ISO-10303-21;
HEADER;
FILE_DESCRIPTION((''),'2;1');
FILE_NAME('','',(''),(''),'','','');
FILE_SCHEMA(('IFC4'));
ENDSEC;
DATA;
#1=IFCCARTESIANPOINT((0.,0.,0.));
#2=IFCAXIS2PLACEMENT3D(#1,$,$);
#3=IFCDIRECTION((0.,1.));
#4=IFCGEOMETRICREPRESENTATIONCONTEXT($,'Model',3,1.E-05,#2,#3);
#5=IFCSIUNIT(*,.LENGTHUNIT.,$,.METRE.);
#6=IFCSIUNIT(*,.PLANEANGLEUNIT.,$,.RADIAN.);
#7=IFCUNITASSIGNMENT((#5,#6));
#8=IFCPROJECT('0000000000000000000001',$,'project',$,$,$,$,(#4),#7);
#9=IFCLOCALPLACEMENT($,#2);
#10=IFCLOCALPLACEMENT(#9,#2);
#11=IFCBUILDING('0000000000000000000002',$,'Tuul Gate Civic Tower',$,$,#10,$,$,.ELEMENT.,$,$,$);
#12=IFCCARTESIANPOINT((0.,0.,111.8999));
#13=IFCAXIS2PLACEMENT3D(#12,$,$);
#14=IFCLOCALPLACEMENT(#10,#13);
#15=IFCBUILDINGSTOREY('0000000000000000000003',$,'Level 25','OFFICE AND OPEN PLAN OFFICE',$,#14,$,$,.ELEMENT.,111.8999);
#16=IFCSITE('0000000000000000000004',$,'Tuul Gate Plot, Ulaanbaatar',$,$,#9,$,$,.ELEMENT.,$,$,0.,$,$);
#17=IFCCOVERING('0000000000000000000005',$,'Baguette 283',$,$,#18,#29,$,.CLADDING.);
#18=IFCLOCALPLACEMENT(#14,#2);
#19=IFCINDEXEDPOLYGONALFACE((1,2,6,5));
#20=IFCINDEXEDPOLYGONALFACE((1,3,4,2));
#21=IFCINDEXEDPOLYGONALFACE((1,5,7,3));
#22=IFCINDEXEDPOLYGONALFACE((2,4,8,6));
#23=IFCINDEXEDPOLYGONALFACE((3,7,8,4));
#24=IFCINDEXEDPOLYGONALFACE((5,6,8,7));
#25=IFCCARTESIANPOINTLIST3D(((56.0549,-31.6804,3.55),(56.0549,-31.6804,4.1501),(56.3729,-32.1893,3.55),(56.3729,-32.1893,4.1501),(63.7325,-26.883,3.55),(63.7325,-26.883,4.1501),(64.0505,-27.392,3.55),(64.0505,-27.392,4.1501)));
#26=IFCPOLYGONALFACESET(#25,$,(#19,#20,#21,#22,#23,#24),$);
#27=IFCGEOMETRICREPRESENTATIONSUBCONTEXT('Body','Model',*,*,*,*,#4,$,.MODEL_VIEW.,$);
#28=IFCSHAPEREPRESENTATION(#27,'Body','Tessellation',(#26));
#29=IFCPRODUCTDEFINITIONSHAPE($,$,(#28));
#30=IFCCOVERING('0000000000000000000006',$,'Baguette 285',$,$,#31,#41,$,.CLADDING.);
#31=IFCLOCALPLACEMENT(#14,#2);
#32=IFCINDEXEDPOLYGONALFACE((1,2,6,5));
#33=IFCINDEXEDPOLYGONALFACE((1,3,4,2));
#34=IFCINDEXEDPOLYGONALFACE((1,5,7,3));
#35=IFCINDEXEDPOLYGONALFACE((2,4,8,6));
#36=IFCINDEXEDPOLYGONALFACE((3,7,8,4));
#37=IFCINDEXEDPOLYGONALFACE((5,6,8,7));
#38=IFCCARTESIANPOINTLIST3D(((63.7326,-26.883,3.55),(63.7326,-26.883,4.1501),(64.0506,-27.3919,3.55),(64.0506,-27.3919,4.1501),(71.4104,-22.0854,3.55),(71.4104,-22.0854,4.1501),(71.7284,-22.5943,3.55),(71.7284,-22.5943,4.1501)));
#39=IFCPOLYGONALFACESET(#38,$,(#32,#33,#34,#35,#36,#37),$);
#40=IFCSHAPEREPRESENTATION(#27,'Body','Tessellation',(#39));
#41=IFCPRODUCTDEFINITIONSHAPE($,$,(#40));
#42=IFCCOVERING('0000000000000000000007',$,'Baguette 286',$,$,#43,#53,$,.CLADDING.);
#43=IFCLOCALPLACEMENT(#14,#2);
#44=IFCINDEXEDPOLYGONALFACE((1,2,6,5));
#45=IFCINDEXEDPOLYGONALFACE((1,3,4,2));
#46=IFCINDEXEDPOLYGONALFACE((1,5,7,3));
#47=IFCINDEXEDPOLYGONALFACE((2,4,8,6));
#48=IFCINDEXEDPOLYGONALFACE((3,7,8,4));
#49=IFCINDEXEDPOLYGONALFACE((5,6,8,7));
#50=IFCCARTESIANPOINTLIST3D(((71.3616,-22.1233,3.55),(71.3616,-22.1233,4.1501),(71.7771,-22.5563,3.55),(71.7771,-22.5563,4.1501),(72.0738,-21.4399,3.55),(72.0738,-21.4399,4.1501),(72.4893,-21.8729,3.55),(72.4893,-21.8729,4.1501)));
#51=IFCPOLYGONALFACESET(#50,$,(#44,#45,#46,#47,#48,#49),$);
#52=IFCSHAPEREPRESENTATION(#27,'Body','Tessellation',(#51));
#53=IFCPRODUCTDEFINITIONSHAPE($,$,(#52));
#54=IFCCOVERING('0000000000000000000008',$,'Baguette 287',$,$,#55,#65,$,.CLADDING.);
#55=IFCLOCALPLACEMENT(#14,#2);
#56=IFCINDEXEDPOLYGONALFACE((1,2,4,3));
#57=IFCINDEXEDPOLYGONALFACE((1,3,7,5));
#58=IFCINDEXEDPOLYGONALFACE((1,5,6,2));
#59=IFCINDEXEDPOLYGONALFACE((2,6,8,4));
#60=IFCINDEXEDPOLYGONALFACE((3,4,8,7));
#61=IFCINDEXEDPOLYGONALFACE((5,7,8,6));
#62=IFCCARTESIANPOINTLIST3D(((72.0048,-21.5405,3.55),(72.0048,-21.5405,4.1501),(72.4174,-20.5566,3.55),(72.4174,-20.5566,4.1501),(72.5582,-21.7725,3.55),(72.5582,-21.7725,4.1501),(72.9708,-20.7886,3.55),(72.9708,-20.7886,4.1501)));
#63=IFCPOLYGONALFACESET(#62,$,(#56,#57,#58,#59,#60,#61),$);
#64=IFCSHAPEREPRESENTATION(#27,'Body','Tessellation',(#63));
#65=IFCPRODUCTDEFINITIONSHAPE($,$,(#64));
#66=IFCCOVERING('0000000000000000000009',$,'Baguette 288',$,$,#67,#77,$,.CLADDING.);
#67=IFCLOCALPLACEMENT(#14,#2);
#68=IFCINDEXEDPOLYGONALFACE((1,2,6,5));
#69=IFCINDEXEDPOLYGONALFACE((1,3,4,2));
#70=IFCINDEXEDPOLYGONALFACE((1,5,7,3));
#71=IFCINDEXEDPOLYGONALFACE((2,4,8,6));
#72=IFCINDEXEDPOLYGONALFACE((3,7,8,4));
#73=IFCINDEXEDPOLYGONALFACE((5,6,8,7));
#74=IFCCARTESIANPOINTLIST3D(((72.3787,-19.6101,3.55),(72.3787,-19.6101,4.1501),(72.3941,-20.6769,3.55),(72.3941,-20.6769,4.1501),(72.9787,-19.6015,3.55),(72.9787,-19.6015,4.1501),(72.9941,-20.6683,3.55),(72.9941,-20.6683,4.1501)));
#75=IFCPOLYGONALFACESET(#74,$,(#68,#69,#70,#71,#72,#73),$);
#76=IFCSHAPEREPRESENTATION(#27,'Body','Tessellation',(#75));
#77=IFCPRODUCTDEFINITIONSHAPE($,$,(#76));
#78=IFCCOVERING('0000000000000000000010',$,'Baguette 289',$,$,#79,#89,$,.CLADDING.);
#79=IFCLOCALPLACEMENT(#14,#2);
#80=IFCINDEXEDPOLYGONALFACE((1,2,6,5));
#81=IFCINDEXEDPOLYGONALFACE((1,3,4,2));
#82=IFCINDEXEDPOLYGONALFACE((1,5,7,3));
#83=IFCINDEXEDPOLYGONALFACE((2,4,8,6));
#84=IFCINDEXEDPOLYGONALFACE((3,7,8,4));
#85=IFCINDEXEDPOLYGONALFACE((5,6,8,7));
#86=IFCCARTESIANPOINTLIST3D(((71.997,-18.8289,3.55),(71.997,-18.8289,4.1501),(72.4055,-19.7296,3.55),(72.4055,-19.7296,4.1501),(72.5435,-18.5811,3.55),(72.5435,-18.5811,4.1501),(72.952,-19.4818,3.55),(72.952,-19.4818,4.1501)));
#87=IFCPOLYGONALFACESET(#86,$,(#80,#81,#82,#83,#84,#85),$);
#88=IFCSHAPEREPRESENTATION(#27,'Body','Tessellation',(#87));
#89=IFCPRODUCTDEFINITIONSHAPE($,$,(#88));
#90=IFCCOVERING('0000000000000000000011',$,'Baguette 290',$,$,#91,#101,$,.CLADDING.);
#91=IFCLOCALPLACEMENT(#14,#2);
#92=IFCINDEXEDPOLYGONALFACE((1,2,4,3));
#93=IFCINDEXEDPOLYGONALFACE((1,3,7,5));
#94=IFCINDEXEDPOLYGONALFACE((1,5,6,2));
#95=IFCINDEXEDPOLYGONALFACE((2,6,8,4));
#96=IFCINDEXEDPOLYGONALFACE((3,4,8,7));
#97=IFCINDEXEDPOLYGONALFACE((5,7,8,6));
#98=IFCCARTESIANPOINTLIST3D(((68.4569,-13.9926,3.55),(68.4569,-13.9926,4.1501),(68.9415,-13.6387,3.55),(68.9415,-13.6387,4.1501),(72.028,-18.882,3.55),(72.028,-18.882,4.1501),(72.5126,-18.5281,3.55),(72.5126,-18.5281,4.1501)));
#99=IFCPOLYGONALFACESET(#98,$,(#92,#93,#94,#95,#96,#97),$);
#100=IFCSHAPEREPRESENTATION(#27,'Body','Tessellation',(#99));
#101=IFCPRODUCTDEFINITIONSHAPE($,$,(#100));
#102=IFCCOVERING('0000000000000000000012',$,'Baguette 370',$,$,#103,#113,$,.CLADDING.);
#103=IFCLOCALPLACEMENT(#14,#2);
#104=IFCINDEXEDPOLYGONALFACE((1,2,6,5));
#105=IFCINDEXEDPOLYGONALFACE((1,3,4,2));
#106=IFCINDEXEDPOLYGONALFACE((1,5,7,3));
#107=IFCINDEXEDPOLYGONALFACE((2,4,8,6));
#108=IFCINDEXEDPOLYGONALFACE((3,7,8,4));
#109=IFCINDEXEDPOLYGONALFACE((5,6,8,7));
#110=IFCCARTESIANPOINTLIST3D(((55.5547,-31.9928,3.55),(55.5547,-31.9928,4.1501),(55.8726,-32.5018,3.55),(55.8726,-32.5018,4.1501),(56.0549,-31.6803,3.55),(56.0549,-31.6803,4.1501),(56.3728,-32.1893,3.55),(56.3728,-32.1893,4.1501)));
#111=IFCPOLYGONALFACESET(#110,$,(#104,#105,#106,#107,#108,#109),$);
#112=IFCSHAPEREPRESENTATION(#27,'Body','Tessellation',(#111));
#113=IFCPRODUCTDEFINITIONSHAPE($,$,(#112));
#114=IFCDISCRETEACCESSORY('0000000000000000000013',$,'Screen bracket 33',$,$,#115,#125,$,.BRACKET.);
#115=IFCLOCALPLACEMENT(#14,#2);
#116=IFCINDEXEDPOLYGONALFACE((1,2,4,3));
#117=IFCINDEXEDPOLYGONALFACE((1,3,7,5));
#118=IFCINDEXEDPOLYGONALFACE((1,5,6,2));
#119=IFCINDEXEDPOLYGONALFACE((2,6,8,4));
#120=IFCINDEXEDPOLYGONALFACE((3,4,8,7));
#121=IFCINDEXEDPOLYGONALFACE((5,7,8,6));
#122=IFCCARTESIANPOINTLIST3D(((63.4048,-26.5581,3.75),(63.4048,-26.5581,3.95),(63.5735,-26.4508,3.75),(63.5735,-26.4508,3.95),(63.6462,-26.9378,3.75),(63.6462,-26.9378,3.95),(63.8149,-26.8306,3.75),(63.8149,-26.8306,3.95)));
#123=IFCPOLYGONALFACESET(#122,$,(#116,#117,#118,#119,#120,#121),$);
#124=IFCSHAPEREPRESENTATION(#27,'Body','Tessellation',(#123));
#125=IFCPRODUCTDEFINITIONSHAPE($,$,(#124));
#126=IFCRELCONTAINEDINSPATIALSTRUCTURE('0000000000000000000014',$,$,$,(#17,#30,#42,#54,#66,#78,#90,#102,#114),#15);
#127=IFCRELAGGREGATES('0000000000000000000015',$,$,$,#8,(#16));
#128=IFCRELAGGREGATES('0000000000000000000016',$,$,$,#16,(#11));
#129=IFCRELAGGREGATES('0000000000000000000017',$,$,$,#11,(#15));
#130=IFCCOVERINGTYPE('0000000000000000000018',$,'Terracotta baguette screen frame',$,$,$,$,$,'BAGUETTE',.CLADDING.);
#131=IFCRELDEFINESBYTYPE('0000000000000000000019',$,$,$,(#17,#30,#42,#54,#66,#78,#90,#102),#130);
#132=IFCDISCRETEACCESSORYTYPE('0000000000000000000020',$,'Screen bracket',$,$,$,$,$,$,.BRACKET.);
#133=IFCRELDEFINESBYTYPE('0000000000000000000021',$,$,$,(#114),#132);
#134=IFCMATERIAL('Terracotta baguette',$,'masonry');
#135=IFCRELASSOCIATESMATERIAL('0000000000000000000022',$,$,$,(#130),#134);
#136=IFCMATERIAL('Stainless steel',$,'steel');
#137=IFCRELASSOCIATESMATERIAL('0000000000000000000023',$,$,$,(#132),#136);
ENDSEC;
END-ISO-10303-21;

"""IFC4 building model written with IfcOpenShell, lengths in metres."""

from ifc_helpers import new_model, si_unit, direction, frame, origin, origin_2d, place, context, subcontext, project, spatial, rectangle, extrude, material, material_profile, profile_set, type_object, element, save


model = new_model("IFC4")

# Units and contexts
model_context = context("Model", 3, precision=1e-05, world=origin(), true_north=direction((0.0, 1.0)))
body_context = subcontext(model_context, "Body", "Model", "MODEL_VIEW")
ifc_project = project(units=[si_unit("LENGTHUNIT", "METRE"), si_unit("PLANEANGLEUNIT", "RADIAN")], contexts=[model_context])

# Site, building, storey
site_placement = place(None, origin())
site = spatial("IfcSite", under=ifc_project, at=site_placement, Name="Tuul Gate Plot, Ulaanbaatar", CompositionType="ELEMENT", RefElevation=0.0)
building_placement = place(site_placement, origin())
building = spatial("IfcBuilding", under=site, at=building_placement, Name="Tuul Gate Civic Tower", CompositionType="ELEMENT")
storey_placement = place(building_placement, frame((0.0, 0.0, 111.8999)))
storey = spatial("IfcBuildingStorey", under=building, at=storey_placement, Name="Level 25", Description="OFFICE AND OPEN PLAN OFFICE", CompositionType="ELEMENT", Elevation=111.8999)

# Coverings
ifc_material_1 = material(Name="Terracotta baguette", Category="masonry")
ifc_material_profile_1 = material_profile(ifc_material_1, rectangle(XDim=0.6001, YDim=0.6001, at=origin_2d()), Name="Terracotta baguette screen frame")
ifc_profile_set_1 = profile_set([ifc_material_profile_1], Name="Terracotta baguette")
covering_type = type_object("IfcCoveringType", Name="Terracotta baguette screen frame", ElementType="BAGUETTE", PredefinedType="CLADDING", material=ifc_profile_set_1)
covering_1_placement = place(storey_placement, frame((56.2139, -31.9348, 3.8501), z_axis=(0.848059, 0.529902, 0.0), x_axis=(-0.529902, 0.848059, 0.0)))
element("IfcCovering", 1, at=covering_1_placement, inside=storey, type_object=covering_type, Name="Baguette 283", PredefinedType="CLADDING", context=body_context, shape_type="SweptSolid", body=[
    extrude(rectangle(XDim=0.6001, YDim=0.6001, at=origin_2d()), origin(), (0.0, 0.0, 1.0), 9.0532),
])
covering_2_placement = place(storey_placement, frame((63.8916, -27.1375, 3.8501), z_axis=(0.848047, 0.529921, 0.0), x_axis=(-0.529921, 0.848047, 0.0)))
element("IfcCovering", 2, at=covering_2_placement, inside=storey, type_object=covering_type, Name="Baguette 285", PredefinedType="CLADDING", context=body_context, shape_type="SweptSolid", body=[
    extrude(rectangle(XDim=0.6001, YDim=0.6001, at=origin_2d()), origin(), (0.0, 0.0, 1.0), 9.0535),
])
covering_3_placement = place(storey_placement, frame((71.5693, -22.3398, 3.8501), z_axis=(0.72155, 0.692362, 0.0), x_axis=(-0.692362, 0.72155, 0.0)))
element("IfcCovering", 3, at=covering_3_placement, inside=storey, type_object=covering_type, Name="Baguette 286", PredefinedType="CLADDING", context=body_context, shape_type="SweptSolid", body=[
    extrude(rectangle(XDim=0.6001, YDim=0.6001, at=origin_2d()), origin(), (0.0, 0.0, 1.0), 0.9871),
])
for number, where, z_axis, x_axis, name in (
    (4, (72.2815, -21.6565, 3.8501), (0.386727, 0.922194, 0.0), (-0.922194, 0.386727, 0.0), "Baguette 287"),
    (5, (72.6941, -20.6726, 3.8501), (-0.014415, 0.999896, 0.0), (-0.999896, -0.014415, 0.0), "Baguette 288"),
):
    element("IfcCovering", number, at=place(storey_placement, frame(where, z_axis=z_axis, x_axis=x_axis)), inside=storey, type_object=covering_type, Name=name, PredefinedType="CLADDING", context=body_context, shape_type="SweptSolid", body=[
        extrude(rectangle(XDim=0.6001, YDim=0.6001, at=origin_2d()), origin(), (0.0, 0.0, 1.0), 1.0669),
    ])
covering_4_placement = place(storey_placement, frame((72.6787, -19.6057, 3.8501), z_axis=(-0.413022, 0.910721, 0.0), x_axis=(-0.910721, -0.413022, 0.0)))
element("IfcCovering", 6, at=covering_4_placement, inside=storey, type_object=covering_type, Name="Baguette 289", PredefinedType="CLADDING", context=body_context, shape_type="SweptSolid", body=[
    extrude(rectangle(XDim=0.6001, YDim=0.6001, at=origin_2d()), origin(), (0.0, 0.0, 1.0), 0.989),
])
covering_5_placement = place(storey_placement, frame((72.2703, -18.7051, 3.8501), z_axis=(-0.589803, 0.807547, 0.0), x_axis=(-0.807547, -0.589803, 0.0)))
element("IfcCovering", 7, at=covering_5_placement, inside=storey, type_object=covering_type, Name="Baguette 290", PredefinedType="CLADDING", context=body_context, shape_type="SweptSolid", body=[
    extrude(rectangle(XDim=0.6001, YDim=0.6001, at=origin_2d()), origin(), (0.0, 0.0, 1.0), 6.0547),
])
covering_6_placement = place(storey_placement, frame((55.7136, -32.2473, 3.8501), z_axis=(0.848115, 0.529813, 0.0), x_axis=(-0.529813, 0.848115, 0.0)))
element("IfcCovering", 8, at=covering_6_placement, inside=storey, type_object=covering_type, Name="Baguette 370", PredefinedType="CLADDING", context=body_context, shape_type="SweptSolid", body=[
    extrude(rectangle(XDim=0.6001, YDim=0.6001, at=origin_2d()), origin(), (0.0, 0.0, 1.0), 0.5898),
])

# Discrete accessory
ifc_material_2 = material(Name="Stainless steel", Category="steel")
discrete_accessory_type = type_object("IfcDiscreteAccessoryType", Name="Screen bracket", PredefinedType="BRACKET", material=ifc_material_2)
discrete_accessory_placement = place(storey_placement, frame((63.6099, -26.6943, 3.75), z_axis=(0.0, 0.0, 1.0), x_axis=(0.536518, -0.843889, 0.0)))
element("IfcDiscreteAccessory", 9, at=discrete_accessory_placement, inside=storey, type_object=discrete_accessory_type, Name="Screen bracket 33", PredefinedType="BRACKET", context=body_context, shape_type="SweptSolid", body=[
    extrude(rectangle(XDim=0.45, YDim=0.2, at=origin_2d()), origin(), (0.0, 0.0, 1.0), 0.2),
])

save(model, "model.ifc")
